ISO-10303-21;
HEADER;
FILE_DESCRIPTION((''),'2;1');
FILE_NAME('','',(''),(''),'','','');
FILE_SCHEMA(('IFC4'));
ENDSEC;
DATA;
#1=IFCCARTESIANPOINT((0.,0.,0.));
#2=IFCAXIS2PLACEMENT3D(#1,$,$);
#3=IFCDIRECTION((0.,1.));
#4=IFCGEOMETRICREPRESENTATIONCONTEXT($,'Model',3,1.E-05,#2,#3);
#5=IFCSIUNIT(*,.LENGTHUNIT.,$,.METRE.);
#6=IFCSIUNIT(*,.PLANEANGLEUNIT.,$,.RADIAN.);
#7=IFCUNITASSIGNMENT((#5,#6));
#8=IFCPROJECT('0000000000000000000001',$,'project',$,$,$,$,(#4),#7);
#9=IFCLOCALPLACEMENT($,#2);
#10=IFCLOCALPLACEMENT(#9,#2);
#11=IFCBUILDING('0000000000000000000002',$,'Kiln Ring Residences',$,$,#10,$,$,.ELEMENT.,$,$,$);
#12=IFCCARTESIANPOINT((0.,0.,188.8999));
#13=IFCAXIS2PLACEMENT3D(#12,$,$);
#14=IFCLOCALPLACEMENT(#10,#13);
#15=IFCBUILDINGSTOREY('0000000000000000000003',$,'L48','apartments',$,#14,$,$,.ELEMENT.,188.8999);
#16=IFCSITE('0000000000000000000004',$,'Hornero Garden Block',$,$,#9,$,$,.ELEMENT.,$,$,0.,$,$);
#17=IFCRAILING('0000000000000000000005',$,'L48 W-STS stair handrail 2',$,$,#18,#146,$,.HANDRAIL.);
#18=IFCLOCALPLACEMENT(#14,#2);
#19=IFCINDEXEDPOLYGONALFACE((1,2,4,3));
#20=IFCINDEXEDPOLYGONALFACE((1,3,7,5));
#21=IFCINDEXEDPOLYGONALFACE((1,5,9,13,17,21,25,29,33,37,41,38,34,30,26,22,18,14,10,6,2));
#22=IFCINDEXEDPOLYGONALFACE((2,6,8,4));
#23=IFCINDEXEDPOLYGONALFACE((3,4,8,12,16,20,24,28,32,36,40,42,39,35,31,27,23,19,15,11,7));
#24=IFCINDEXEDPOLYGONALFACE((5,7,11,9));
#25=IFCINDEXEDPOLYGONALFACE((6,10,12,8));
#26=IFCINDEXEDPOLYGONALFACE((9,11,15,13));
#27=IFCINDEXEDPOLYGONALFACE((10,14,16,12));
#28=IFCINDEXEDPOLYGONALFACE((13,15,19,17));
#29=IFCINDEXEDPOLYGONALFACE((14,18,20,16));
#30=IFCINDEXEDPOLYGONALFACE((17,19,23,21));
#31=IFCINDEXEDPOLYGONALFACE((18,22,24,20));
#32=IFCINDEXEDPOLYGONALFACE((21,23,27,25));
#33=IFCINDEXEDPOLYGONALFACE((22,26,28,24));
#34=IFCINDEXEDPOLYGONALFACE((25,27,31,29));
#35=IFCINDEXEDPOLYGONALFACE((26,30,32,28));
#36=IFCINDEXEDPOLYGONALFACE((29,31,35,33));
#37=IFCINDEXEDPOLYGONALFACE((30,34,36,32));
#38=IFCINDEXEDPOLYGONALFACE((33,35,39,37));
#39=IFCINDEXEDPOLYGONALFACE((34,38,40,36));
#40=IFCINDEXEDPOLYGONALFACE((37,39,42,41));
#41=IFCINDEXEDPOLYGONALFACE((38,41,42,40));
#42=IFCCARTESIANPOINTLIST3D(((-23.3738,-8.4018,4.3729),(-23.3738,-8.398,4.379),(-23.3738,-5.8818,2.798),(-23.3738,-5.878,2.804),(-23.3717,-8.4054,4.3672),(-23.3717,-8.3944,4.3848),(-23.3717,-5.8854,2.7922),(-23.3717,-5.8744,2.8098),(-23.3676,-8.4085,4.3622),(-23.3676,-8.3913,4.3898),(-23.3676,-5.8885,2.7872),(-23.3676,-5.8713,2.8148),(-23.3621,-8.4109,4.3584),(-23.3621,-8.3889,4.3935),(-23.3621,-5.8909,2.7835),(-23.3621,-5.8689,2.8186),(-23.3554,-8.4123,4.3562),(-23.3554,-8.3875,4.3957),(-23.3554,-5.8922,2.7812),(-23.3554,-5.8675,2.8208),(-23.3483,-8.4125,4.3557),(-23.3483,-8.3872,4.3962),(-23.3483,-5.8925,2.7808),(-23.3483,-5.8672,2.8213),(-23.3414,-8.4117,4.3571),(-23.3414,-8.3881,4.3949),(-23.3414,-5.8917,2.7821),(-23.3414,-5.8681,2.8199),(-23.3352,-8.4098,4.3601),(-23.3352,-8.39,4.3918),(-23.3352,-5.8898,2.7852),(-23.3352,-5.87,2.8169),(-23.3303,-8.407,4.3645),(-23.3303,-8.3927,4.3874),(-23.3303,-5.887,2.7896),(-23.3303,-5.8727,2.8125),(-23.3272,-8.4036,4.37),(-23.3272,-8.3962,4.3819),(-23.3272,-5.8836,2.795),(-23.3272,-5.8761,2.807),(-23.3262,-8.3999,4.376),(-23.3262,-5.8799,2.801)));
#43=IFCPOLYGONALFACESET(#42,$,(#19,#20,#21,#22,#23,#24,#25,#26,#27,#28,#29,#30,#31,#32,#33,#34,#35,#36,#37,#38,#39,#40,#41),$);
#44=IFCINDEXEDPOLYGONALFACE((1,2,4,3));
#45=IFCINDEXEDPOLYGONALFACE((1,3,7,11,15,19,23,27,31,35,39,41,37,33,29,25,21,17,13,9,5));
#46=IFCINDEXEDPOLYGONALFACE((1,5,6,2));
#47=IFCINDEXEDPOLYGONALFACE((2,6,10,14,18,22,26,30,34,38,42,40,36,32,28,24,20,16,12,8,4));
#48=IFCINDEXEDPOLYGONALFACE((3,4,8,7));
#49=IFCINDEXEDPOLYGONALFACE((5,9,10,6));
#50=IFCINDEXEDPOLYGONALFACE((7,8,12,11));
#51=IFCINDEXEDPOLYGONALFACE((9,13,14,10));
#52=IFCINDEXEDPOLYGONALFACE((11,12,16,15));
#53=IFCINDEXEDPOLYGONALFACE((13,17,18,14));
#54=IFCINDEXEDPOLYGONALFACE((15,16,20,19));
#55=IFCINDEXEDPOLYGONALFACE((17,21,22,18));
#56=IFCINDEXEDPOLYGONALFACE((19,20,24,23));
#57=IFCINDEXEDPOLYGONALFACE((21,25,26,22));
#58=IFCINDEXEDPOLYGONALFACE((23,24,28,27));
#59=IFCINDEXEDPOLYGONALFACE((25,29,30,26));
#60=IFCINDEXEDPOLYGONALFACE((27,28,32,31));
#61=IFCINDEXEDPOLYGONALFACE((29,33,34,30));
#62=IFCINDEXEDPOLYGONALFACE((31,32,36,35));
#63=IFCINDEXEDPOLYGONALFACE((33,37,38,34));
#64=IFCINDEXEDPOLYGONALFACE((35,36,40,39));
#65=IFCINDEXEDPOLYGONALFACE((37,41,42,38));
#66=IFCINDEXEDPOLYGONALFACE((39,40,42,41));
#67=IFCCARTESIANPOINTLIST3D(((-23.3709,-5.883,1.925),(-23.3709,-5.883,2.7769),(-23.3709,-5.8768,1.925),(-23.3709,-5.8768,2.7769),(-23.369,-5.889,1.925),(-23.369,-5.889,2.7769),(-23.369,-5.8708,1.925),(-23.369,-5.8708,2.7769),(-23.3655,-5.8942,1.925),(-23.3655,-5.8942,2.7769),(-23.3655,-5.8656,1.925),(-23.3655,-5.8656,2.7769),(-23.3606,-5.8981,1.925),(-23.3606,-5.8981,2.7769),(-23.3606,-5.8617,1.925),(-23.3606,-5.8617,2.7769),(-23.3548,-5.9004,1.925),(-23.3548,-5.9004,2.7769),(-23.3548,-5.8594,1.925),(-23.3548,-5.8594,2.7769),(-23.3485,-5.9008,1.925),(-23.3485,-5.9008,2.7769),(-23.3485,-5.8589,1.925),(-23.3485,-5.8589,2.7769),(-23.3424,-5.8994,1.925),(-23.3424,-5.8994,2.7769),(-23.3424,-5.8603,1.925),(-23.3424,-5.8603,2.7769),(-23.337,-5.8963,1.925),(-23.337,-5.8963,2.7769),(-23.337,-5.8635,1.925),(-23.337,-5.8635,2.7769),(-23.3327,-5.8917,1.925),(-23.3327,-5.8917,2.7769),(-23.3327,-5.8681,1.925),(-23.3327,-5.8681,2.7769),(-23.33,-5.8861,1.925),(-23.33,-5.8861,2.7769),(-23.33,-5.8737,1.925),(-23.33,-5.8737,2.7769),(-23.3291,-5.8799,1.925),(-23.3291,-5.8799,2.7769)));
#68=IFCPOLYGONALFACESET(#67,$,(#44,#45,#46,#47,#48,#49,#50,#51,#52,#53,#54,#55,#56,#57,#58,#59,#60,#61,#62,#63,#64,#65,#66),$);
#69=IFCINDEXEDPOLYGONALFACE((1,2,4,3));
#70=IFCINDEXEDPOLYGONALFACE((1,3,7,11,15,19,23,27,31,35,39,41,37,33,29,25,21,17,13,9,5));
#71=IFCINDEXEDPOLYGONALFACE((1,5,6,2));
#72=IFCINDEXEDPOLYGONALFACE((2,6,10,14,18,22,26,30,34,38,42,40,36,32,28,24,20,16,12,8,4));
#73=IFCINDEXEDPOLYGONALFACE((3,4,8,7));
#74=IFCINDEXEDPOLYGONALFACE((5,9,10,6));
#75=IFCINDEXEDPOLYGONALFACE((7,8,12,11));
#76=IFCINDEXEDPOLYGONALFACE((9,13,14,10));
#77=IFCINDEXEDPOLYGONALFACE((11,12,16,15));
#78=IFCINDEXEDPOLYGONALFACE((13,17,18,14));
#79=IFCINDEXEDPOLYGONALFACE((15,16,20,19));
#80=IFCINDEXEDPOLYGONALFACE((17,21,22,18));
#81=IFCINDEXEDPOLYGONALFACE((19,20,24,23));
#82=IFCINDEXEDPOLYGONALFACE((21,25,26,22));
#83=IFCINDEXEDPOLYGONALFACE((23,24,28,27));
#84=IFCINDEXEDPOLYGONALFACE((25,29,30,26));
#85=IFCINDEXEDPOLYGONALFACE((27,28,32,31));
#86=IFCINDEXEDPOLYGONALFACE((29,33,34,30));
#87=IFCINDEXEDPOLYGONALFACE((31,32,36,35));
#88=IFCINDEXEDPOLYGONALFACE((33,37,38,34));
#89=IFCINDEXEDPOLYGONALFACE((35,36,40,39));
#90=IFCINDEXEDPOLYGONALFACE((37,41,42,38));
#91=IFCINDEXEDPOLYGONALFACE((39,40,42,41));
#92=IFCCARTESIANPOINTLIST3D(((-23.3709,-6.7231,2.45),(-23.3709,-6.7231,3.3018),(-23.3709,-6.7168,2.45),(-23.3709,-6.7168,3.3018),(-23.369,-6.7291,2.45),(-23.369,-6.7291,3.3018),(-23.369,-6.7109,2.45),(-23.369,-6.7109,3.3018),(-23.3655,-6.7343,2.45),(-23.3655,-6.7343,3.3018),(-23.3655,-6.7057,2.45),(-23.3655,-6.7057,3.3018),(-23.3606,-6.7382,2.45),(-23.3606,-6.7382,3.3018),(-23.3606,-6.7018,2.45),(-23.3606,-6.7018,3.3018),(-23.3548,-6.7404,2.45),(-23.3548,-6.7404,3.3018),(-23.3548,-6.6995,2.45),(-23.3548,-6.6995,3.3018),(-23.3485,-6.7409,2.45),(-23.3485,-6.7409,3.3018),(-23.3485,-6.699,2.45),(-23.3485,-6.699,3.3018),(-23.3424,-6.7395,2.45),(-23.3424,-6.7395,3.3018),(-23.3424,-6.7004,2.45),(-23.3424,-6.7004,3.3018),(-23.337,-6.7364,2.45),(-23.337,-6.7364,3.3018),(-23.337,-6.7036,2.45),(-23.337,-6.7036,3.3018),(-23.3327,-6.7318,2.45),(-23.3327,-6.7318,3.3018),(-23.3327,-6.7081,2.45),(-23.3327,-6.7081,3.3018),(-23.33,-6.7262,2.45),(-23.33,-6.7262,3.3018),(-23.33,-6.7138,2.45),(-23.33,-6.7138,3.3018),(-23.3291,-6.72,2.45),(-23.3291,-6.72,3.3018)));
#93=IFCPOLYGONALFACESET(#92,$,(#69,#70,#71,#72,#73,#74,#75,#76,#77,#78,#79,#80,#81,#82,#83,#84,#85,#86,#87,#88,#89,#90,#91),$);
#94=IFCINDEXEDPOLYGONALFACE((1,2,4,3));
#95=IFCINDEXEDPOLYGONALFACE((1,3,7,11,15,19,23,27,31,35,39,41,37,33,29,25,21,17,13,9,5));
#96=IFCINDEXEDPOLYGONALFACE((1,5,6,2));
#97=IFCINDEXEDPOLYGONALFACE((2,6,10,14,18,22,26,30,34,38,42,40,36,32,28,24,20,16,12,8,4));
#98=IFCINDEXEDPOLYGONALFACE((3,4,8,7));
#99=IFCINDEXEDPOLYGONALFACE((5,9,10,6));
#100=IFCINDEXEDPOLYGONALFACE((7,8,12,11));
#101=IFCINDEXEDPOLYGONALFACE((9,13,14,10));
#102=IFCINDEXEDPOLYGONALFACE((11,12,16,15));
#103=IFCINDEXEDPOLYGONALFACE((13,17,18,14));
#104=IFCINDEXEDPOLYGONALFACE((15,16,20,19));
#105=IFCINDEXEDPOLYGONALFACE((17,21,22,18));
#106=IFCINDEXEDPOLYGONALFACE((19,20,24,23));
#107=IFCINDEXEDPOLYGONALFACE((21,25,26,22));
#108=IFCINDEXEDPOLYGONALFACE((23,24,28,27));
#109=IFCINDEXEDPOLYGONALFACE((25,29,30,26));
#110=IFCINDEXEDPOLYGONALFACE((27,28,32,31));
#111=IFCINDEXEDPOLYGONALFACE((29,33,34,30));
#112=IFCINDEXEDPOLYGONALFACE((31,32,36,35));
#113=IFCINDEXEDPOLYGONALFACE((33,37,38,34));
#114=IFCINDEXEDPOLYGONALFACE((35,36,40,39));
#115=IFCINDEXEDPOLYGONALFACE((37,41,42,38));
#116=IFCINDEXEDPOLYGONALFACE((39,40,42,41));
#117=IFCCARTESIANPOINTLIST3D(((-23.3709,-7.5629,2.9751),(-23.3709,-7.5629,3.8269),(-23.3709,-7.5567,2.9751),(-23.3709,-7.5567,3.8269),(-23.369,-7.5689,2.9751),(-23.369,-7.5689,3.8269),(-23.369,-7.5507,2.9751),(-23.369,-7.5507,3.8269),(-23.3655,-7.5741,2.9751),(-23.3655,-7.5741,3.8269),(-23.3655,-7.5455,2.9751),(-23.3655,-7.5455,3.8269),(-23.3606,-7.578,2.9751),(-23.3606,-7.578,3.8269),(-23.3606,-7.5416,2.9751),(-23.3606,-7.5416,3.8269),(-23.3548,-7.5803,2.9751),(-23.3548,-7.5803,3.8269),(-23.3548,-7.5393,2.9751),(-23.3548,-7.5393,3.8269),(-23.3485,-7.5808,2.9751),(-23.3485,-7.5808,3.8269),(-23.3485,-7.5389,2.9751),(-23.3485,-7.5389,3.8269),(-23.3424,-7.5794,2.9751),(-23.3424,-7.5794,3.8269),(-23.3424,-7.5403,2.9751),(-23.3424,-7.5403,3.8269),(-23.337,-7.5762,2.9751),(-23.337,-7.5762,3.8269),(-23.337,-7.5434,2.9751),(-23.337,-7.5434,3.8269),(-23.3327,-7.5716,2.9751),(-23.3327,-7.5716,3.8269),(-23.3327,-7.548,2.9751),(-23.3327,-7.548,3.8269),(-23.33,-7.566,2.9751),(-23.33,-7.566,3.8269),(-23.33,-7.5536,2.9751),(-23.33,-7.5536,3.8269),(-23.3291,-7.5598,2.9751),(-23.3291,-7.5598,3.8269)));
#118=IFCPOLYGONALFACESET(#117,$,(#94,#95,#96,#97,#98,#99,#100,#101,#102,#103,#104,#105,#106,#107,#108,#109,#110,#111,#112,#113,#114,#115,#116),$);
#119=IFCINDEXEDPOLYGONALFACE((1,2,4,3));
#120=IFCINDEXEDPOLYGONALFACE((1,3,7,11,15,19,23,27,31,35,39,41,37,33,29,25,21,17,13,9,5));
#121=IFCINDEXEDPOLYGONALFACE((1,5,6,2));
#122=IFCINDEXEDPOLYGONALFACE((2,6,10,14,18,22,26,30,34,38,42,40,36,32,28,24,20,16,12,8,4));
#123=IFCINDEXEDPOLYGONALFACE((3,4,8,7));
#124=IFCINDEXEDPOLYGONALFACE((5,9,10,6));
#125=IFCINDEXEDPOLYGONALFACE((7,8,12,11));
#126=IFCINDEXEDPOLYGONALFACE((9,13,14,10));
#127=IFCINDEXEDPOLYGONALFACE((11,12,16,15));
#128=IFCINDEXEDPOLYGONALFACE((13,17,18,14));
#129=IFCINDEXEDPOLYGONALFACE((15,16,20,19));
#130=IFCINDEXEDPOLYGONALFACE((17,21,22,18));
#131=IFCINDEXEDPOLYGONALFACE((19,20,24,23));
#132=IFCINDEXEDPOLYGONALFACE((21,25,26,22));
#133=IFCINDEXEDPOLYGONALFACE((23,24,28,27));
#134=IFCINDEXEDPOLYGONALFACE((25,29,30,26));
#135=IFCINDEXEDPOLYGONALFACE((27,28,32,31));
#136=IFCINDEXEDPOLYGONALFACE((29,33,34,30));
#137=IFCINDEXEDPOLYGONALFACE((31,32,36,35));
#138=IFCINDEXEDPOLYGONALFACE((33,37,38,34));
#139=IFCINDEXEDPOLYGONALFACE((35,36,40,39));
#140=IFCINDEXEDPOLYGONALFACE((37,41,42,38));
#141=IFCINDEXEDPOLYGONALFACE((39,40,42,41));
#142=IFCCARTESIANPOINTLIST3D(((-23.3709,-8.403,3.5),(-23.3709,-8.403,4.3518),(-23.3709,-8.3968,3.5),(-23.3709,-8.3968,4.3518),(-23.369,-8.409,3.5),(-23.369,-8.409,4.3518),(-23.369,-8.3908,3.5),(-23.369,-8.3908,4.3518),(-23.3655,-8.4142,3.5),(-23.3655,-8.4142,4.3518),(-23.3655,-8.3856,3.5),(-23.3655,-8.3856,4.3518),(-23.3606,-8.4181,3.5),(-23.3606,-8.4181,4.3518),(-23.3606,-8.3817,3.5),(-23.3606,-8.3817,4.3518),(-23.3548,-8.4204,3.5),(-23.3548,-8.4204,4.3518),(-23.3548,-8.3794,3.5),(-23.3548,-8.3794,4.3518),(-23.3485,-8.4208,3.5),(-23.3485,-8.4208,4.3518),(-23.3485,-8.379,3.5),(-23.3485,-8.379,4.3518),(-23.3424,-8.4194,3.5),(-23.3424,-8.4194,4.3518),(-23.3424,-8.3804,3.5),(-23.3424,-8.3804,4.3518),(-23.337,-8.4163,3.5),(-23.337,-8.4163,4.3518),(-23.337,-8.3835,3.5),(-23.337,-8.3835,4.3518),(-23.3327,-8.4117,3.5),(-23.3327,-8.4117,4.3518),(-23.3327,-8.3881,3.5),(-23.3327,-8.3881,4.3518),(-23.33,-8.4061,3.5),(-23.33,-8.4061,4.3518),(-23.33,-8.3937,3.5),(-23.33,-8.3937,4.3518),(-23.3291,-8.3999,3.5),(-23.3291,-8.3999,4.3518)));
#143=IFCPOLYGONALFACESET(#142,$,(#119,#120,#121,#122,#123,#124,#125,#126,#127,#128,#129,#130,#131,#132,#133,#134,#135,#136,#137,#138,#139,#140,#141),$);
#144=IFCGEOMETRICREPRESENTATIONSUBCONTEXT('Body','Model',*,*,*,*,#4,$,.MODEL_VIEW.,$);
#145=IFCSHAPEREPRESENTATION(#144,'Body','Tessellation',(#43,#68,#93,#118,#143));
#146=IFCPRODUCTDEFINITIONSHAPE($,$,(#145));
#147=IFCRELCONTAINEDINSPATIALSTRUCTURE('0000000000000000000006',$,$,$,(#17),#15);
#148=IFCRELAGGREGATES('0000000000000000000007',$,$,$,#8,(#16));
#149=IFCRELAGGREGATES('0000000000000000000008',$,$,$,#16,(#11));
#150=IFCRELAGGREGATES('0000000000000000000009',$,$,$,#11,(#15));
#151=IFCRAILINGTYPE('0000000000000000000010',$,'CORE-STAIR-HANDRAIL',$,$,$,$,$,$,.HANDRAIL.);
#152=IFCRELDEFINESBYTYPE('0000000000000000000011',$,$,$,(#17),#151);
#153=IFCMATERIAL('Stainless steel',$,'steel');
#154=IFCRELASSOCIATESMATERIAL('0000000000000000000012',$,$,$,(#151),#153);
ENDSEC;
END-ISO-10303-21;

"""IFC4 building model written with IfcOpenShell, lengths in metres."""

from ifc_helpers import new_model, si_unit, direction, frame, origin, origin_2d, place, context, subcontext, project, spatial, circle, extrude, material, type_object, element, save


model = new_model("IFC4")

# Units and contexts
model_context = context("Model", 3, precision=1e-05, world=origin(), true_north=direction((0.0, 1.0)))
body_context = subcontext(model_context, "Body", "Model", "MODEL_VIEW")
ifc_project = project(units=[si_unit("LENGTHUNIT", "METRE"), si_unit("PLANEANGLEUNIT", "RADIAN")], contexts=[model_context])

# Site, building, storey
site_placement = place(None, origin())
site = spatial("IfcSite", under=ifc_project, at=site_placement, Name="Hornero Garden Block", CompositionType="ELEMENT", RefElevation=0.0)
building_placement = place(site_placement, origin())
building = spatial("IfcBuilding", under=site, at=building_placement, Name="Kiln Ring Residences", CompositionType="ELEMENT")
storey_placement = place(building_placement, frame((0.0, 0.0, 188.8999)))
storey = spatial("IfcBuildingStorey", under=building, at=storey_placement, Name="L48", Description="apartments", CompositionType="ELEMENT", Elevation=188.8999)

# Railing
ifc_material_1 = material(Name="Stainless steel", Category="steel")
railing_type_1 = type_object("IfcRailingType", Name="CORE-STAIR-HANDRAIL", PredefinedType="HANDRAIL", material=ifc_material_1)
railing_1_placement = place(storey_placement, frame((-23.3501, -5.8799, 1.925)))
element("IfcRailing", 1, at=railing_1_placement, inside=storey, type_object=railing_type_1, Name="L48 W-STS stair handrail 2", PredefinedType="HANDRAIL", context=body_context, shape_type="SweptSolid", body=[
    extrude(circle(Radius=0.0239, at=origin_2d()), frame((0.0, 0.0, 0.876), z_axis=(0.0, -0.848008, 0.529984), x_axis=(1.0, 0.0, 0.0)), (0.0, 0.0, 1.0), 2.9717),
    extrude(circle(Radius=0.021, at=origin_2d()), origin(), (0.0, 0.0, 1.0), 0.8518),
    extrude(circle(Radius=0.021, at=origin_2d()), frame((0.0, -0.8401, 0.5249)), (0.0, 0.0, 1.0), 0.8518),
    extrude(circle(Radius=0.021, at=origin_2d()), frame((0.0, -1.6799, 1.05)), (0.0, 0.0, 1.0), 0.8518),
    extrude(circle(Radius=0.021, at=origin_2d()), frame((0.0, -2.52, 1.575)), (0.0, 0.0, 1.0), 0.8518),
])

save(model, "model.ifc")
